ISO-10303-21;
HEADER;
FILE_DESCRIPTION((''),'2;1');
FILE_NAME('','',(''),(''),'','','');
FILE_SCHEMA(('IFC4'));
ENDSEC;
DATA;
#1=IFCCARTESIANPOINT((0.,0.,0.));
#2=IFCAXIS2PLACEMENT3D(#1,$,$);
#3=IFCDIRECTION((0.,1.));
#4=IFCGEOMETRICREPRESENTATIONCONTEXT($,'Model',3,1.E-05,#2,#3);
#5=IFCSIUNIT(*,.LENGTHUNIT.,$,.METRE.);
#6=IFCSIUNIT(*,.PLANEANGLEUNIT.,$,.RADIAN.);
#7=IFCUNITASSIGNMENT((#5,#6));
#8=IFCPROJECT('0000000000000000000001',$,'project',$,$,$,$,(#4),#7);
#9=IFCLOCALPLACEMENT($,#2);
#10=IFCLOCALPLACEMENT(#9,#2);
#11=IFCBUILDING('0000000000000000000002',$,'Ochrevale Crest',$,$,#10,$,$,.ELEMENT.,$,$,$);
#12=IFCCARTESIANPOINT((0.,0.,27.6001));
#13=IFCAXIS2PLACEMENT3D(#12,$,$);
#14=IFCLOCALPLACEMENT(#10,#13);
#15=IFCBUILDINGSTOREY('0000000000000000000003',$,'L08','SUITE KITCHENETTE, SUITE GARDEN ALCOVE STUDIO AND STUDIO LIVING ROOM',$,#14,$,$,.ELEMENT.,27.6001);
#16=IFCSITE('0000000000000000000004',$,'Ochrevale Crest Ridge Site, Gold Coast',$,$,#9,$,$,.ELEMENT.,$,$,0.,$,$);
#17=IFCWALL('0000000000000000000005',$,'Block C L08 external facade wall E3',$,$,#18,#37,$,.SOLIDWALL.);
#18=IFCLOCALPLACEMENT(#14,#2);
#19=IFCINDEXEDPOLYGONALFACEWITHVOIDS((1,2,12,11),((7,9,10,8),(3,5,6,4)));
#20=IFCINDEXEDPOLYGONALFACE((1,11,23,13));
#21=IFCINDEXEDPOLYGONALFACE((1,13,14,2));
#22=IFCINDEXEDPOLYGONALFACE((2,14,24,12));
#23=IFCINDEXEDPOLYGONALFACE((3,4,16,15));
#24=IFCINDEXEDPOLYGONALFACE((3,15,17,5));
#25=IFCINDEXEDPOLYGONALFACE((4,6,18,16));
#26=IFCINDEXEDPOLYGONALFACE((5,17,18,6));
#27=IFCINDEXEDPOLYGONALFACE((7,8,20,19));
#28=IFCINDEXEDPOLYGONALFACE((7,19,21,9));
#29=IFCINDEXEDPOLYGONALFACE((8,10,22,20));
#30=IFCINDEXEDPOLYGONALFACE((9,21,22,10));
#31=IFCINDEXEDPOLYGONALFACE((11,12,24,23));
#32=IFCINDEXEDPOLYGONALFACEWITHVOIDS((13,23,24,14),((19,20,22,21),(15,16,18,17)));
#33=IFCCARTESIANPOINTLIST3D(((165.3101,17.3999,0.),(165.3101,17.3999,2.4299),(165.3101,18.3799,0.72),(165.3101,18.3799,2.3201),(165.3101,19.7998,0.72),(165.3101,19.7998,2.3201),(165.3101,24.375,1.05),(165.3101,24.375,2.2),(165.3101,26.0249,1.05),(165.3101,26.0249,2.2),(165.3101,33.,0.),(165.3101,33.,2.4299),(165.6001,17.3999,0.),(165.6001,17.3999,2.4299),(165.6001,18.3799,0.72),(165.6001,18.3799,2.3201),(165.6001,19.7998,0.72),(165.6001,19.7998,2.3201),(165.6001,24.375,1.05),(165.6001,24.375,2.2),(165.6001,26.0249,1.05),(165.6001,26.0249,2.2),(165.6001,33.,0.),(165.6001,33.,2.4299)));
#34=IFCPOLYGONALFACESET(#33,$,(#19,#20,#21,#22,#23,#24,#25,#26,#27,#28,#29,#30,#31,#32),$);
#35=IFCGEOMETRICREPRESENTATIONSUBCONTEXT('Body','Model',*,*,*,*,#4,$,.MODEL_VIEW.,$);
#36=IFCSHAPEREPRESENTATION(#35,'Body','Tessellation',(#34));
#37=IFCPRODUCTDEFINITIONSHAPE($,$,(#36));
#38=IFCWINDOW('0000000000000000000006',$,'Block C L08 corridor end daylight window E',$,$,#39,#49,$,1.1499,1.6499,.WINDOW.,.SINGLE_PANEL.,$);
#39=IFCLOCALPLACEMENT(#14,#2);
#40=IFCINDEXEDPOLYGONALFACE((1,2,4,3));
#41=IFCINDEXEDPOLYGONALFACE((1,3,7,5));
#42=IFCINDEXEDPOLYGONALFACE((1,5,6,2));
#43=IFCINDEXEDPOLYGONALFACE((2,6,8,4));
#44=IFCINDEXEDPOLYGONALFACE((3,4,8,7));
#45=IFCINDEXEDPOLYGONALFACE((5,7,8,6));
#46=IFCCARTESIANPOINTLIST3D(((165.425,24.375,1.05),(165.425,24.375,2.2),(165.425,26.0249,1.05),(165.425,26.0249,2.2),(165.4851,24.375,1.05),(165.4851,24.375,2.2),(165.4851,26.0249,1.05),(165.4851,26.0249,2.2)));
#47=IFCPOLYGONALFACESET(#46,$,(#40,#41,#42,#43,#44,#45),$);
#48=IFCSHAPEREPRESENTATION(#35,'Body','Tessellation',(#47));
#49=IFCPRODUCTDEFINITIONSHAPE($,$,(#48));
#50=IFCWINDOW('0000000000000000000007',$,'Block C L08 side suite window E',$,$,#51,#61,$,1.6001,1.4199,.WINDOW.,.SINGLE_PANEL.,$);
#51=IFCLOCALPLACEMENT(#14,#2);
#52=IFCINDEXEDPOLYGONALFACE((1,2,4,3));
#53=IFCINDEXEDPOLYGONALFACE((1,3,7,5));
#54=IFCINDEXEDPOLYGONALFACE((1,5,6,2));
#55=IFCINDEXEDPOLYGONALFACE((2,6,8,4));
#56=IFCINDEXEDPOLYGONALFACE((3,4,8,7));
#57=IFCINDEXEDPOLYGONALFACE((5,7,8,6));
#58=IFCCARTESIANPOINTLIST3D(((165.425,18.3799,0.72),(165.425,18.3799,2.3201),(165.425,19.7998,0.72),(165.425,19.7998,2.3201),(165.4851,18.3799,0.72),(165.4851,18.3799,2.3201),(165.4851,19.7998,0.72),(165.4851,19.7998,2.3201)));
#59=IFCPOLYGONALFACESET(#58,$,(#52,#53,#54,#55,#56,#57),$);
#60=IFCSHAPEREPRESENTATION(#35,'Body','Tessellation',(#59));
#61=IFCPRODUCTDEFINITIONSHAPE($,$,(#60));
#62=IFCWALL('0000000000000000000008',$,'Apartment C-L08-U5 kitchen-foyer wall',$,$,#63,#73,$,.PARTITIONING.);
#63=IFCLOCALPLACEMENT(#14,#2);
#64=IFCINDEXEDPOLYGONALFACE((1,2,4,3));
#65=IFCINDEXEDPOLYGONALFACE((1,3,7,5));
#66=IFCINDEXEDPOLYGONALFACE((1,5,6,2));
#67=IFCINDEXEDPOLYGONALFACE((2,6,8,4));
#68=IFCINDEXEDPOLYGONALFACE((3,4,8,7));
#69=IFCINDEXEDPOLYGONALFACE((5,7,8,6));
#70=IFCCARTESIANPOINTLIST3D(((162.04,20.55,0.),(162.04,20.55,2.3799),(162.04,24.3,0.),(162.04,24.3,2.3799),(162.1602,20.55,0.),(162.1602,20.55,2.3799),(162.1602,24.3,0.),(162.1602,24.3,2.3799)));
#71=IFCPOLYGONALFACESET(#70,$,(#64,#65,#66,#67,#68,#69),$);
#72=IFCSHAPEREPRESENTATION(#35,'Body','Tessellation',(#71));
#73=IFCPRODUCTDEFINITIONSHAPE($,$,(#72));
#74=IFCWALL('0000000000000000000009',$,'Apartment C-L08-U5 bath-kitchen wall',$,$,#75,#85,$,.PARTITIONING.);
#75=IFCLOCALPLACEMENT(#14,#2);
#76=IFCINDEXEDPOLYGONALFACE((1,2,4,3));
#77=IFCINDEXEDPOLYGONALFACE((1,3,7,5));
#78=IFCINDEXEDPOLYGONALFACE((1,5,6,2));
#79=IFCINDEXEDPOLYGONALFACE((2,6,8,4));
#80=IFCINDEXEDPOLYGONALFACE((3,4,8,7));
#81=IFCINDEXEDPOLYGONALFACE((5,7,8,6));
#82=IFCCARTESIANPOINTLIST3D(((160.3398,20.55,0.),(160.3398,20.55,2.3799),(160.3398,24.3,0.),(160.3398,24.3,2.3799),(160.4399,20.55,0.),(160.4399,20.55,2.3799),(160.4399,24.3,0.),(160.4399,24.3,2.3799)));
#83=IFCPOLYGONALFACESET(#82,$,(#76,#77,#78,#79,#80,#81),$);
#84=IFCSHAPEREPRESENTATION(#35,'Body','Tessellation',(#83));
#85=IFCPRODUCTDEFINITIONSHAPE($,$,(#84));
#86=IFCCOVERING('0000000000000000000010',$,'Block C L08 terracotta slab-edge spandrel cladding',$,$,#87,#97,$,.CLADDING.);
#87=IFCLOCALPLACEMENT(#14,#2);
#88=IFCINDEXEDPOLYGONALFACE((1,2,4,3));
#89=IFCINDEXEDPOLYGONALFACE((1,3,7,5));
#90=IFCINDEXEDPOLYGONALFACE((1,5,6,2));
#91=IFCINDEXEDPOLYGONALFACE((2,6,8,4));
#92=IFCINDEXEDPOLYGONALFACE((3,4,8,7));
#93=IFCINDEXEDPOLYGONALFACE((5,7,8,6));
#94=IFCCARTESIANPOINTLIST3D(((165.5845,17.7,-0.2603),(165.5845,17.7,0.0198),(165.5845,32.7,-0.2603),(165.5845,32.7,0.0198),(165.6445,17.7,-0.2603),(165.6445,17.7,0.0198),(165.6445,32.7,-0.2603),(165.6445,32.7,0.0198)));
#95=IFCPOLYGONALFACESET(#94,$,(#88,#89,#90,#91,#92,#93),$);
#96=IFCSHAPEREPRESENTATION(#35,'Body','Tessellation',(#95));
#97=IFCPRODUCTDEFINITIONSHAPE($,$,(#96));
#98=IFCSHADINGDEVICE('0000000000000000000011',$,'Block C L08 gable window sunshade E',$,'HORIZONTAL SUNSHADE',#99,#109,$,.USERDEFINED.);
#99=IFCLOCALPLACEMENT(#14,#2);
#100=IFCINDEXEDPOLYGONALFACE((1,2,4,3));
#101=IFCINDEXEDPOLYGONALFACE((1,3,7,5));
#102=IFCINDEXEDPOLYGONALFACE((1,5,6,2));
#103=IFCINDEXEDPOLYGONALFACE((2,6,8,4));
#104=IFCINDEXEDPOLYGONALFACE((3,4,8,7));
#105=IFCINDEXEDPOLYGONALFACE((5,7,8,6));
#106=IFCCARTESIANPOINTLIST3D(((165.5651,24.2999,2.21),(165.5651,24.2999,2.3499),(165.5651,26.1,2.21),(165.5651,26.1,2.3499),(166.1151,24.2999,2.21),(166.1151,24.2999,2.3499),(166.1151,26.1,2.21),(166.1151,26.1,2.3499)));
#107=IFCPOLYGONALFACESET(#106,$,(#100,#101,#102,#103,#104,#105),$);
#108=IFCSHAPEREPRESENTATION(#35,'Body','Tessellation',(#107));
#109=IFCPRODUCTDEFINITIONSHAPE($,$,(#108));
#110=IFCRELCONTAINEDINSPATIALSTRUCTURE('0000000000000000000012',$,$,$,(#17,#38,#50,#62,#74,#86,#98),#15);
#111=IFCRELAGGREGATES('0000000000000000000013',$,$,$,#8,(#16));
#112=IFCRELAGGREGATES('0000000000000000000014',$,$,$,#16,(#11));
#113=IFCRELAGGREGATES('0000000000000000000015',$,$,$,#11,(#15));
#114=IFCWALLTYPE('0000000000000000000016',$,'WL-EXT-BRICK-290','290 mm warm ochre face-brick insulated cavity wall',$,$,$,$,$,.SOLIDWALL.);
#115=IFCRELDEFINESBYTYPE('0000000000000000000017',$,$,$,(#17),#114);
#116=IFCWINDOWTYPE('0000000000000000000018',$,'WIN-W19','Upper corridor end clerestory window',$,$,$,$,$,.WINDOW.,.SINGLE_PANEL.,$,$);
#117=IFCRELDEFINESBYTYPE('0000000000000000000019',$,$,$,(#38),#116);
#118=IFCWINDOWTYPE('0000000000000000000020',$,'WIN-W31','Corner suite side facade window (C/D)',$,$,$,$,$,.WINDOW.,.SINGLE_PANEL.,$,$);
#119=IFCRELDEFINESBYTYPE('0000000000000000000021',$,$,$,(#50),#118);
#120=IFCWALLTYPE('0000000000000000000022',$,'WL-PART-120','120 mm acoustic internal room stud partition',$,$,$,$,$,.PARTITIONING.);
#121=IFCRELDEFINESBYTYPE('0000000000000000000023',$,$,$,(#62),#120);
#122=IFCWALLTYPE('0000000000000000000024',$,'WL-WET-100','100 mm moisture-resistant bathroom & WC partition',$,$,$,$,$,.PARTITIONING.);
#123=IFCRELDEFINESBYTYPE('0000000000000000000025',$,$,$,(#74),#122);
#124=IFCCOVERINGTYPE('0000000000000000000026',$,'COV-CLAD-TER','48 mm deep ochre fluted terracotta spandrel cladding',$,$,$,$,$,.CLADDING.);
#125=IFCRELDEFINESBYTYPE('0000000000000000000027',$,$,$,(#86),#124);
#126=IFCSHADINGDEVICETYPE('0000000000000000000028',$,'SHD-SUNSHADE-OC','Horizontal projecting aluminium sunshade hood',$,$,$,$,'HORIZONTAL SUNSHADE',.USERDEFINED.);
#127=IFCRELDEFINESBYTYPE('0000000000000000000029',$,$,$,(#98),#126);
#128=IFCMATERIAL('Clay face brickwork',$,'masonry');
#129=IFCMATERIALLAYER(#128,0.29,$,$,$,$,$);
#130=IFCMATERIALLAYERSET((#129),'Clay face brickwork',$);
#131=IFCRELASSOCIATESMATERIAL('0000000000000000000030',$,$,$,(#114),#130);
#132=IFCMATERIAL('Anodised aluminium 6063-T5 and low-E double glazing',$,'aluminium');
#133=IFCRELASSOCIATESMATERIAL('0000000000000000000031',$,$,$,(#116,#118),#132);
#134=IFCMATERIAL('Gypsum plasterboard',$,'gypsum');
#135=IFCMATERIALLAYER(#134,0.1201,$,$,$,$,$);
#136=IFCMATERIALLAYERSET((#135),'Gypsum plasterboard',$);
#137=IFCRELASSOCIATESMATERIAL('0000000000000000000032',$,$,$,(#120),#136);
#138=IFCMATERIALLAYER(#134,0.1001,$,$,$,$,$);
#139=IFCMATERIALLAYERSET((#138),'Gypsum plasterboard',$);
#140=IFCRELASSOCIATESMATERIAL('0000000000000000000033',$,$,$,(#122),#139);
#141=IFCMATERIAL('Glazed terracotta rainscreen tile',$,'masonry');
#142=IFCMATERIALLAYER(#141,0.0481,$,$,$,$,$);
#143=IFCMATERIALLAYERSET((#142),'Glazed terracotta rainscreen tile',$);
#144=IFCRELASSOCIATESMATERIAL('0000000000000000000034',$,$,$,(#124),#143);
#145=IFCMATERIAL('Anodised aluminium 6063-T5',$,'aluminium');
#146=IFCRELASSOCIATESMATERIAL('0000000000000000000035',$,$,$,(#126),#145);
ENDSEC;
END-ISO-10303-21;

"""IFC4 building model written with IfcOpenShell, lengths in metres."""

from ifc_helpers import new_model, si_unit, direction, frame, frame_2d, origin, origin_2d, place, context, subcontext, project, spatial, rectangle, extrude, material, layer, layer_set, type_object, element, fill, save


model = new_model("IFC4")

# Units and contexts
model_context = context("Model", 3, precision=1e-05, world=origin(), true_north=direction((0.0, 1.0)))
body_context = subcontext(model_context, "Body", "Model", "MODEL_VIEW")
ifc_project = project(units=[si_unit("LENGTHUNIT", "METRE"), si_unit("PLANEANGLEUNIT", "RADIAN")], contexts=[model_context])

# Site, building, storey
site_placement = place(None, origin())
site = spatial("IfcSite", under=ifc_project, at=site_placement, Name="Ochrevale Crest Ridge Site, Gold Coast", CompositionType="ELEMENT", RefElevation=0.0)
building_placement = place(site_placement, origin())
building = spatial("IfcBuilding", under=site, at=building_placement, Name="Ochrevale Crest", CompositionType="ELEMENT")
storey_placement = place(building_placement, frame((0.0, 0.0, 27.6001)))
storey = spatial("IfcBuildingStorey", under=building, at=storey_placement, Name="L08", Description="SUITE KITCHENETTE, SUITE GARDEN ALCOVE STUDIO AND STUDIO LIVING ROOM", CompositionType="ELEMENT", Elevation=27.6001)

# Shared definitions
ifc_material_1 = material(Name="Anodised aluminium 6063-T5", Category="aluminium")

# Wall, openings, windows
ifc_material_2 = material(Name="Clay face brickwork", Category="masonry")
ifc_layer_1 = layer(ifc_material_2, 0.29)
ifc_layer_set_1 = layer_set([ifc_layer_1], Name="Clay face brickwork")
wall_type_1 = type_object("IfcWallType", Name="WL-EXT-BRICK-290", Description="290 mm warm ochre face-brick insulated cavity wall", PredefinedType="SOLIDWALL", material=ifc_layer_set_1)
wall_1_placement = place(storey_placement, frame((165.4551, 17.3999, 0.0), z_axis=(0.0, 0.0, 1.0), x_axis=(0.0, 1.0, 0.0)))
wall_1 = element("IfcWall", 1, at=wall_1_placement, inside=storey, type_object=wall_type_1, Name="Block C L08 external facade wall E3", PredefinedType="SOLIDWALL", context=body_context, shape_type="SweptSolid", body=[
    extrude(rectangle(XDim=15.6001, YDim=0.29, at=frame_2d((7.8, 0.0))), origin(), (0.0, 0.0, 1.0), 2.4299),
])
opening_1_placement = place(wall_1_placement, frame((6.9751, 0.0, 1.05)))
opening_1 = element("IfcOpeningElement", 2, at=opening_1_placement, cuts=wall_1, PredefinedType="OPENING", context=body_context, shape_type="SweptSolid", body=[
    extrude(rectangle(XDim=1.6499, YDim=1.1499, at=frame_2d((0.825, 0.575))), frame((0.0, 0.155, 0.0), z_axis=(0.0, -1.0, 0.0), x_axis=(1.0, 0.0, 0.0)), (0.0, 0.0, 1.0), 0.3101),
])
opening_2_placement = place(wall_1_placement, frame((0.98, 0.0, 0.72)))
opening_2 = element("IfcOpeningElement", 3, at=opening_2_placement, cuts=wall_1, PredefinedType="OPENING", context=body_context, shape_type="SweptSolid", body=[
    extrude(rectangle(XDim=1.4199, YDim=1.6001, at=frame_2d((0.71, 0.8))), frame((0.0, 0.155, 0.0), z_axis=(0.0, -1.0, 0.0), x_axis=(1.0, 0.0, 0.0)), (0.0, 0.0, 1.0), 0.3101),
])
ifc_material_3 = material(Name="Anodised aluminium 6063-T5 and low-E double glazing", Category="aluminium")
window_type_1 = type_object("IfcWindowType", Name="WIN-W19", Description="Upper corridor end clerestory window", PartitioningType="SINGLE_PANEL", PredefinedType="WINDOW", material=ifc_material_3)
window_1_placement = place(opening_1_placement, origin())
window_1 = element("IfcWindow", 4, at=window_1_placement, inside=storey, type_object=window_type_1, Name="Block C L08 corridor end daylight window E", OverallHeight=1.1499, OverallWidth=1.6499, PartitioningType="SINGLE_PANEL", PredefinedType="WINDOW", context=body_context, shape_type="SweptSolid", body=[
    extrude(rectangle(XDim=1.6499, YDim=1.1499, at=frame_2d((0.825, 0.575))), frame((0.0, 0.03, 0.0), z_axis=(0.0, -1.0, 0.0), x_axis=(1.0, 0.0, 0.0)), (0.0, 0.0, 1.0), 0.0601),
])
fill(opening_1, window_1)
window_type_2 = type_object("IfcWindowType", Name="WIN-W31", Description="Corner suite side facade window (C/D)", PartitioningType="SINGLE_PANEL", PredefinedType="WINDOW", material=ifc_material_3)
window_2_placement = place(opening_2_placement, origin())
window_2 = element("IfcWindow", 5, at=window_2_placement, inside=storey, type_object=window_type_2, Name="Block C L08 side suite window E", OverallHeight=1.6001, OverallWidth=1.4199, PartitioningType="SINGLE_PANEL", PredefinedType="WINDOW", context=body_context, shape_type="SweptSolid", body=[
    extrude(rectangle(XDim=1.4199, YDim=1.6001, at=frame_2d((0.71, 0.8))), frame((0.0, 0.03, 0.0), z_axis=(0.0, -1.0, 0.0), x_axis=(1.0, 0.0, 0.0)), (0.0, 0.0, 1.0), 0.0601),
])
fill(opening_2, window_2)

# Walls
ifc_material_4 = material(Name="Gypsum plasterboard", Category="gypsum")
ifc_layer_2 = layer(ifc_material_4, 0.1201)
ifc_layer_set_2 = layer_set([ifc_layer_2], Name="Gypsum plasterboard")
wall_type_2 = type_object("IfcWallType", Name="WL-PART-120", Description="120 mm acoustic internal room stud partition", PredefinedType="PARTITIONING", material=ifc_layer_set_2)
wall_2_placement = place(storey_placement, frame((162.1001, 20.55, 0.0), z_axis=(0.0, 0.0, 1.0), x_axis=(0.0, 1.0, 0.0)))
element("IfcWall", 6, at=wall_2_placement, inside=storey, type_object=wall_type_2, Name="Apartment C-L08-U5 kitchen-foyer wall", PredefinedType="PARTITIONING", context=body_context, shape_type="SweptSolid", body=[
    extrude(rectangle(XDim=3.75, YDim=0.1201, at=frame_2d((1.875, 0.0))), origin(), (0.0, 0.0, 1.0), 2.3799),
])
ifc_layer_3 = layer(ifc_material_4, 0.1001)
ifc_layer_set_3 = layer_set([ifc_layer_3], Name="Gypsum plasterboard")
wall_type_3 = type_object("IfcWallType", Name="WL-WET-100", Description="100 mm moisture-resistant bathroom & WC partition", PredefinedType="PARTITIONING", material=ifc_layer_set_3)
wall_3_placement = place(storey_placement, frame((160.3899, 20.55, 0.0), z_axis=(0.0, 0.0, 1.0), x_axis=(0.0, 1.0, 0.0)))
element("IfcWall", 7, at=wall_3_placement, inside=storey, type_object=wall_type_3, Name="Apartment C-L08-U5 bath-kitchen wall", PredefinedType="PARTITIONING", context=body_context, shape_type="SweptSolid", body=[
    extrude(rectangle(XDim=3.75, YDim=0.1001, at=frame_2d((1.875, 0.0))), origin(), (0.0, 0.0, 1.0), 2.3799),
])

# Covering
ifc_material_5 = material(Name="Glazed terracotta rainscreen tile", Category="masonry")
ifc_layer_4 = layer(ifc_material_5, 0.0481)
ifc_layer_set_4 = layer_set([ifc_layer_4], Name="Glazed terracotta rainscreen tile")
covering_type = type_object("IfcCoveringType", Name="COV-CLAD-TER", Description="48 mm deep ochre fluted terracotta spandrel cladding", PredefinedType="CLADDING", material=ifc_layer_set_4)
covering_placement = place(storey_placement, frame((165.6145, 25.2, -0.2603), z_axis=(0.0, 0.0, 1.0), x_axis=(0.0, 1.0, 0.0)))
element("IfcCovering", 8, at=covering_placement, inside=storey, type_object=covering_type, Name="Block C L08 terracotta slab-edge spandrel cladding", PredefinedType="CLADDING", context=body_context, shape_type="SweptSolid", body=[
    extrude(rectangle(XDim=15.0, YDim=0.0601, at=origin_2d()), origin(), (0.0, 0.0, 1.0), 0.28),
])

# Shading device
shading_device_type = type_object("IfcShadingDeviceType", Name="SHD-SUNSHADE-OC", Description="Horizontal projecting aluminium sunshade hood", ElementType="HORIZONTAL SUNSHADE", PredefinedType="USERDEFINED", material=ifc_material_1)
shading_device_placement = place(storey_placement, frame((165.8401, 25.2, 2.21), z_axis=(0.0, 0.0, 1.0), x_axis=(1.0, 0.0, 0.0)))
element("IfcShadingDevice", 9, at=shading_device_placement, inside=storey, type_object=shading_device_type, Name="Block C L08 gable window sunshade E", ObjectType="HORIZONTAL SUNSHADE", PredefinedType="USERDEFINED", context=body_context, shape_type="SweptSolid", body=[
    extrude(rectangle(XDim=0.55, YDim=1.8, at=origin_2d()), origin(), (0.0, 0.0, 1.0), 0.1399),
])

save(model, "model.ifc")
